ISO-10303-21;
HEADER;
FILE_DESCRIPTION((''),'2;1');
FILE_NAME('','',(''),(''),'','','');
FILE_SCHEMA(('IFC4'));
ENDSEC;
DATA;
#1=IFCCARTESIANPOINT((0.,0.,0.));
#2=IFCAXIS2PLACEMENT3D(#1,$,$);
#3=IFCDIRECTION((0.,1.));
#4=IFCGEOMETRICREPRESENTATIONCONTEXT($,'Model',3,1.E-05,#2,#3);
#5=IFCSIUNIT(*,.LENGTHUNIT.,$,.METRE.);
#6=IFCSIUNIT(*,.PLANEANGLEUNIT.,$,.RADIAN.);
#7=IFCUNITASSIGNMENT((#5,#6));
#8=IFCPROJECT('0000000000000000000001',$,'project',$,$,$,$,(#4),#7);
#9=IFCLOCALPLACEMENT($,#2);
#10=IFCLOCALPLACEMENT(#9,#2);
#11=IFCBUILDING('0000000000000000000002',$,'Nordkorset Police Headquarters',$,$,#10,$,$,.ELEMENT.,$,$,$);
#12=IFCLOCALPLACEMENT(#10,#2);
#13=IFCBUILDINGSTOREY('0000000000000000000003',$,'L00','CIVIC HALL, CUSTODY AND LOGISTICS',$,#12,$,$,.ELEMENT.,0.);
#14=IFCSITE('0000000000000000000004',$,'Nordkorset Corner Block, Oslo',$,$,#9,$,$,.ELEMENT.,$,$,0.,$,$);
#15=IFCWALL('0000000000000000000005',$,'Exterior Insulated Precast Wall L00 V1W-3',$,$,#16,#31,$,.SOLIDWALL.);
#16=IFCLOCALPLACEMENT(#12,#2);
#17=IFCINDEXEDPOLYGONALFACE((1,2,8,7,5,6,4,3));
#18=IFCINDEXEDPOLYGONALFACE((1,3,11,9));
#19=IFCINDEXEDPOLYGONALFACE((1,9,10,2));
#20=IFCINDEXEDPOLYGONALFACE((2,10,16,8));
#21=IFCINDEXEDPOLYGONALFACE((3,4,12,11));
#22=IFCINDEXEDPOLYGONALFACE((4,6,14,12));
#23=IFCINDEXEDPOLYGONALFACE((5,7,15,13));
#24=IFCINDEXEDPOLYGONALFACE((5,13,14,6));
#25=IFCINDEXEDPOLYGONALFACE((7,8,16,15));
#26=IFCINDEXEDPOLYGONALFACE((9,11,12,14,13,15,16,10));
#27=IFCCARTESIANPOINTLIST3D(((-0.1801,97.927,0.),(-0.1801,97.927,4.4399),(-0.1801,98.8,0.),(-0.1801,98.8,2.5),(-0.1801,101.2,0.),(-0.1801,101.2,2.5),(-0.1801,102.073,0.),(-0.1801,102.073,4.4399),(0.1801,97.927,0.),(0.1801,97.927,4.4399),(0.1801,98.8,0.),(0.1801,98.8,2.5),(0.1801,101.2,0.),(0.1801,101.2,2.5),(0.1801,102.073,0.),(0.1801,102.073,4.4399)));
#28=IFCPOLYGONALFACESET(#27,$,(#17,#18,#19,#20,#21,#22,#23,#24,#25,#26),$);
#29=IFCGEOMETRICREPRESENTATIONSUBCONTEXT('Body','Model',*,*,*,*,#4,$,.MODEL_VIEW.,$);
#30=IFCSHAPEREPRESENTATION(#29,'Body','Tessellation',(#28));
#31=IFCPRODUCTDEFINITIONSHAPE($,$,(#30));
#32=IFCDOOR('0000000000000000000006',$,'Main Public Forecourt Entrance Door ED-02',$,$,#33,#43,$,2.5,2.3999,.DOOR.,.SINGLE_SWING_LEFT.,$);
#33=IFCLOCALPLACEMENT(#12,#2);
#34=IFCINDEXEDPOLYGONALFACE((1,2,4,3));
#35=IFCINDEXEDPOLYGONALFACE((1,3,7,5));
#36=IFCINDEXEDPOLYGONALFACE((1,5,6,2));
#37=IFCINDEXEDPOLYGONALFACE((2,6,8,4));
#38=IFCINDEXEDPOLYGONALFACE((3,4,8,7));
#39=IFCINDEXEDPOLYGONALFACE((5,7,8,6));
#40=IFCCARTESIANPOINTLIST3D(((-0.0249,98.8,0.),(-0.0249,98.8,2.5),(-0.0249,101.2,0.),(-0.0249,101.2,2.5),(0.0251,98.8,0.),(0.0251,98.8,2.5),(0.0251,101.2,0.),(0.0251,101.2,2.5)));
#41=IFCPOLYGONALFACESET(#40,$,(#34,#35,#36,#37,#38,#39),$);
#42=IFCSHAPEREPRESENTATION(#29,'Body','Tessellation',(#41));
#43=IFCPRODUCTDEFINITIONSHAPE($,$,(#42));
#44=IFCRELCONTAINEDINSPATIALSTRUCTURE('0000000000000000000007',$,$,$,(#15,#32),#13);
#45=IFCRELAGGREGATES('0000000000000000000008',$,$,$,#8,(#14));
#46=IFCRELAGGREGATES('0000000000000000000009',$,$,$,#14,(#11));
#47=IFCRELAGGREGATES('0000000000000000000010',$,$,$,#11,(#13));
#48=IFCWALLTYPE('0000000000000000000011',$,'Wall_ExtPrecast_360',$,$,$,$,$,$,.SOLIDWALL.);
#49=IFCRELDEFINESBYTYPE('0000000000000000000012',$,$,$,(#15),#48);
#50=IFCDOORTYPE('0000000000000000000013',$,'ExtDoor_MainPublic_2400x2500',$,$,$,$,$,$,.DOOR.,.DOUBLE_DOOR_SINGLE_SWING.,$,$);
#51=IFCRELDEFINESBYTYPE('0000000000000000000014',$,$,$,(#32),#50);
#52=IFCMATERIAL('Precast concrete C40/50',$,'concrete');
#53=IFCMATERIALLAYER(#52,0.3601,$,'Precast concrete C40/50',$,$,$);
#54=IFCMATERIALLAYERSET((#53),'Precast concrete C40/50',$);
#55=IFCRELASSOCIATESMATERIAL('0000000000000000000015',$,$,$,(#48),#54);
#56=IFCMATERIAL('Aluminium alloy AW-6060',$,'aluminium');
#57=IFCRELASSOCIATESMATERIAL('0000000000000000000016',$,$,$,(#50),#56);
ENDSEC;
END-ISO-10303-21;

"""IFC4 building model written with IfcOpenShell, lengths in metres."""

from ifc_helpers import new_model, si_unit, direction, frame, frame_2d, origin, place, context, subcontext, project, spatial, rectangle, extrude, material, layer, layer_set, type_object, element, fill, save


model = new_model("IFC4")

# Units and contexts
model_context = context("Model", 3, precision=1e-05, world=origin(), true_north=direction((0.0, 1.0)))
body_context = subcontext(model_context, "Body", "Model", "MODEL_VIEW")
ifc_project = project(units=[si_unit("LENGTHUNIT", "METRE"), si_unit("PLANEANGLEUNIT", "RADIAN")], contexts=[model_context])

# Site, building, storey
site_placement = place(None, origin())
site = spatial("IfcSite", under=ifc_project, at=site_placement, Name="Nordkorset Corner Block, Oslo", CompositionType="ELEMENT", RefElevation=0.0)
building_placement = place(site_placement, origin())
building = spatial("IfcBuilding", under=site, at=building_placement, Name="Nordkorset Police Headquarters", CompositionType="ELEMENT")
storey_placement = place(building_placement, origin())
storey = spatial("IfcBuildingStorey", under=building, at=storey_placement, Name="L00", Description="CIVIC HALL, CUSTODY AND LOGISTICS", CompositionType="ELEMENT", Elevation=0.0)

# Wall, opening, door
ifc_material_1 = material(Name="Precast concrete C40/50", Category="concrete")
ifc_layer_1 = layer(ifc_material_1, 0.3601, Name="Precast concrete C40/50")
ifc_layer_set_1 = layer_set([ifc_layer_1], Name="Precast concrete C40/50")
wall_type = type_object("IfcWallType", Name="Wall_ExtPrecast_360", PredefinedType="SOLIDWALL", material=ifc_layer_set_1)
wall_placement = place(storey_placement, frame((0.0, 97.927, 0.0), z_axis=(0.0, 0.0, 1.0), x_axis=(0.0, 1.0, 0.0)))
wall = element("IfcWall", 1, at=wall_placement, inside=storey, type_object=wall_type, Name="Exterior Insulated Precast Wall L00 V1W-3", PredefinedType="SOLIDWALL", context=body_context, shape_type="SweptSolid", body=[
    extrude(rectangle(XDim=4.146, YDim=0.3601, at=frame_2d((2.073, 0.0))), origin(), (0.0, 0.0, 1.0), 4.4399),
])
opening_placement = place(wall_placement, frame((0.873, 0.0, 0.0)))
opening = element("IfcOpeningElement", 2, at=opening_placement, cuts=wall, PredefinedType="OPENING", context=body_context, shape_type="SweptSolid", body=[
    extrude(rectangle(XDim=2.3999, YDim=2.5, at=frame_2d((1.2, 1.25))), frame((0.0, 0.1899, 0.0), z_axis=(0.0, -1.0, 0.0), x_axis=(1.0, 0.0, 0.0)), (0.0, 0.0, 1.0), 0.3801),
])
ifc_material_2 = material(Name="Aluminium alloy AW-6060", Category="aluminium")
door_type = type_object("IfcDoorType", Name="ExtDoor_MainPublic_2400x2500", OperationType="DOUBLE_DOOR_SINGLE_SWING", PredefinedType="DOOR", material=ifc_material_2)
door_placement = place(opening_placement, origin())
door = element("IfcDoor", 3, at=door_placement, inside=storey, type_object=door_type, Name="Main Public Forecourt Entrance Door ED-02", OperationType="SINGLE_SWING_LEFT", OverallHeight=2.5, OverallWidth=2.3999, PredefinedType="DOOR", context=body_context, shape_type="SweptSolid", body=[
    extrude(rectangle(XDim=2.3999, YDim=2.5, at=frame_2d((1.2, 1.25))), frame((0.0, 0.0249, 0.0), z_axis=(0.0, -1.0, 0.0), x_axis=(1.0, 0.0, 0.0)), (0.0, 0.0, 1.0), 0.05),
])
fill(opening, door)

save(model, "model.ifc")
